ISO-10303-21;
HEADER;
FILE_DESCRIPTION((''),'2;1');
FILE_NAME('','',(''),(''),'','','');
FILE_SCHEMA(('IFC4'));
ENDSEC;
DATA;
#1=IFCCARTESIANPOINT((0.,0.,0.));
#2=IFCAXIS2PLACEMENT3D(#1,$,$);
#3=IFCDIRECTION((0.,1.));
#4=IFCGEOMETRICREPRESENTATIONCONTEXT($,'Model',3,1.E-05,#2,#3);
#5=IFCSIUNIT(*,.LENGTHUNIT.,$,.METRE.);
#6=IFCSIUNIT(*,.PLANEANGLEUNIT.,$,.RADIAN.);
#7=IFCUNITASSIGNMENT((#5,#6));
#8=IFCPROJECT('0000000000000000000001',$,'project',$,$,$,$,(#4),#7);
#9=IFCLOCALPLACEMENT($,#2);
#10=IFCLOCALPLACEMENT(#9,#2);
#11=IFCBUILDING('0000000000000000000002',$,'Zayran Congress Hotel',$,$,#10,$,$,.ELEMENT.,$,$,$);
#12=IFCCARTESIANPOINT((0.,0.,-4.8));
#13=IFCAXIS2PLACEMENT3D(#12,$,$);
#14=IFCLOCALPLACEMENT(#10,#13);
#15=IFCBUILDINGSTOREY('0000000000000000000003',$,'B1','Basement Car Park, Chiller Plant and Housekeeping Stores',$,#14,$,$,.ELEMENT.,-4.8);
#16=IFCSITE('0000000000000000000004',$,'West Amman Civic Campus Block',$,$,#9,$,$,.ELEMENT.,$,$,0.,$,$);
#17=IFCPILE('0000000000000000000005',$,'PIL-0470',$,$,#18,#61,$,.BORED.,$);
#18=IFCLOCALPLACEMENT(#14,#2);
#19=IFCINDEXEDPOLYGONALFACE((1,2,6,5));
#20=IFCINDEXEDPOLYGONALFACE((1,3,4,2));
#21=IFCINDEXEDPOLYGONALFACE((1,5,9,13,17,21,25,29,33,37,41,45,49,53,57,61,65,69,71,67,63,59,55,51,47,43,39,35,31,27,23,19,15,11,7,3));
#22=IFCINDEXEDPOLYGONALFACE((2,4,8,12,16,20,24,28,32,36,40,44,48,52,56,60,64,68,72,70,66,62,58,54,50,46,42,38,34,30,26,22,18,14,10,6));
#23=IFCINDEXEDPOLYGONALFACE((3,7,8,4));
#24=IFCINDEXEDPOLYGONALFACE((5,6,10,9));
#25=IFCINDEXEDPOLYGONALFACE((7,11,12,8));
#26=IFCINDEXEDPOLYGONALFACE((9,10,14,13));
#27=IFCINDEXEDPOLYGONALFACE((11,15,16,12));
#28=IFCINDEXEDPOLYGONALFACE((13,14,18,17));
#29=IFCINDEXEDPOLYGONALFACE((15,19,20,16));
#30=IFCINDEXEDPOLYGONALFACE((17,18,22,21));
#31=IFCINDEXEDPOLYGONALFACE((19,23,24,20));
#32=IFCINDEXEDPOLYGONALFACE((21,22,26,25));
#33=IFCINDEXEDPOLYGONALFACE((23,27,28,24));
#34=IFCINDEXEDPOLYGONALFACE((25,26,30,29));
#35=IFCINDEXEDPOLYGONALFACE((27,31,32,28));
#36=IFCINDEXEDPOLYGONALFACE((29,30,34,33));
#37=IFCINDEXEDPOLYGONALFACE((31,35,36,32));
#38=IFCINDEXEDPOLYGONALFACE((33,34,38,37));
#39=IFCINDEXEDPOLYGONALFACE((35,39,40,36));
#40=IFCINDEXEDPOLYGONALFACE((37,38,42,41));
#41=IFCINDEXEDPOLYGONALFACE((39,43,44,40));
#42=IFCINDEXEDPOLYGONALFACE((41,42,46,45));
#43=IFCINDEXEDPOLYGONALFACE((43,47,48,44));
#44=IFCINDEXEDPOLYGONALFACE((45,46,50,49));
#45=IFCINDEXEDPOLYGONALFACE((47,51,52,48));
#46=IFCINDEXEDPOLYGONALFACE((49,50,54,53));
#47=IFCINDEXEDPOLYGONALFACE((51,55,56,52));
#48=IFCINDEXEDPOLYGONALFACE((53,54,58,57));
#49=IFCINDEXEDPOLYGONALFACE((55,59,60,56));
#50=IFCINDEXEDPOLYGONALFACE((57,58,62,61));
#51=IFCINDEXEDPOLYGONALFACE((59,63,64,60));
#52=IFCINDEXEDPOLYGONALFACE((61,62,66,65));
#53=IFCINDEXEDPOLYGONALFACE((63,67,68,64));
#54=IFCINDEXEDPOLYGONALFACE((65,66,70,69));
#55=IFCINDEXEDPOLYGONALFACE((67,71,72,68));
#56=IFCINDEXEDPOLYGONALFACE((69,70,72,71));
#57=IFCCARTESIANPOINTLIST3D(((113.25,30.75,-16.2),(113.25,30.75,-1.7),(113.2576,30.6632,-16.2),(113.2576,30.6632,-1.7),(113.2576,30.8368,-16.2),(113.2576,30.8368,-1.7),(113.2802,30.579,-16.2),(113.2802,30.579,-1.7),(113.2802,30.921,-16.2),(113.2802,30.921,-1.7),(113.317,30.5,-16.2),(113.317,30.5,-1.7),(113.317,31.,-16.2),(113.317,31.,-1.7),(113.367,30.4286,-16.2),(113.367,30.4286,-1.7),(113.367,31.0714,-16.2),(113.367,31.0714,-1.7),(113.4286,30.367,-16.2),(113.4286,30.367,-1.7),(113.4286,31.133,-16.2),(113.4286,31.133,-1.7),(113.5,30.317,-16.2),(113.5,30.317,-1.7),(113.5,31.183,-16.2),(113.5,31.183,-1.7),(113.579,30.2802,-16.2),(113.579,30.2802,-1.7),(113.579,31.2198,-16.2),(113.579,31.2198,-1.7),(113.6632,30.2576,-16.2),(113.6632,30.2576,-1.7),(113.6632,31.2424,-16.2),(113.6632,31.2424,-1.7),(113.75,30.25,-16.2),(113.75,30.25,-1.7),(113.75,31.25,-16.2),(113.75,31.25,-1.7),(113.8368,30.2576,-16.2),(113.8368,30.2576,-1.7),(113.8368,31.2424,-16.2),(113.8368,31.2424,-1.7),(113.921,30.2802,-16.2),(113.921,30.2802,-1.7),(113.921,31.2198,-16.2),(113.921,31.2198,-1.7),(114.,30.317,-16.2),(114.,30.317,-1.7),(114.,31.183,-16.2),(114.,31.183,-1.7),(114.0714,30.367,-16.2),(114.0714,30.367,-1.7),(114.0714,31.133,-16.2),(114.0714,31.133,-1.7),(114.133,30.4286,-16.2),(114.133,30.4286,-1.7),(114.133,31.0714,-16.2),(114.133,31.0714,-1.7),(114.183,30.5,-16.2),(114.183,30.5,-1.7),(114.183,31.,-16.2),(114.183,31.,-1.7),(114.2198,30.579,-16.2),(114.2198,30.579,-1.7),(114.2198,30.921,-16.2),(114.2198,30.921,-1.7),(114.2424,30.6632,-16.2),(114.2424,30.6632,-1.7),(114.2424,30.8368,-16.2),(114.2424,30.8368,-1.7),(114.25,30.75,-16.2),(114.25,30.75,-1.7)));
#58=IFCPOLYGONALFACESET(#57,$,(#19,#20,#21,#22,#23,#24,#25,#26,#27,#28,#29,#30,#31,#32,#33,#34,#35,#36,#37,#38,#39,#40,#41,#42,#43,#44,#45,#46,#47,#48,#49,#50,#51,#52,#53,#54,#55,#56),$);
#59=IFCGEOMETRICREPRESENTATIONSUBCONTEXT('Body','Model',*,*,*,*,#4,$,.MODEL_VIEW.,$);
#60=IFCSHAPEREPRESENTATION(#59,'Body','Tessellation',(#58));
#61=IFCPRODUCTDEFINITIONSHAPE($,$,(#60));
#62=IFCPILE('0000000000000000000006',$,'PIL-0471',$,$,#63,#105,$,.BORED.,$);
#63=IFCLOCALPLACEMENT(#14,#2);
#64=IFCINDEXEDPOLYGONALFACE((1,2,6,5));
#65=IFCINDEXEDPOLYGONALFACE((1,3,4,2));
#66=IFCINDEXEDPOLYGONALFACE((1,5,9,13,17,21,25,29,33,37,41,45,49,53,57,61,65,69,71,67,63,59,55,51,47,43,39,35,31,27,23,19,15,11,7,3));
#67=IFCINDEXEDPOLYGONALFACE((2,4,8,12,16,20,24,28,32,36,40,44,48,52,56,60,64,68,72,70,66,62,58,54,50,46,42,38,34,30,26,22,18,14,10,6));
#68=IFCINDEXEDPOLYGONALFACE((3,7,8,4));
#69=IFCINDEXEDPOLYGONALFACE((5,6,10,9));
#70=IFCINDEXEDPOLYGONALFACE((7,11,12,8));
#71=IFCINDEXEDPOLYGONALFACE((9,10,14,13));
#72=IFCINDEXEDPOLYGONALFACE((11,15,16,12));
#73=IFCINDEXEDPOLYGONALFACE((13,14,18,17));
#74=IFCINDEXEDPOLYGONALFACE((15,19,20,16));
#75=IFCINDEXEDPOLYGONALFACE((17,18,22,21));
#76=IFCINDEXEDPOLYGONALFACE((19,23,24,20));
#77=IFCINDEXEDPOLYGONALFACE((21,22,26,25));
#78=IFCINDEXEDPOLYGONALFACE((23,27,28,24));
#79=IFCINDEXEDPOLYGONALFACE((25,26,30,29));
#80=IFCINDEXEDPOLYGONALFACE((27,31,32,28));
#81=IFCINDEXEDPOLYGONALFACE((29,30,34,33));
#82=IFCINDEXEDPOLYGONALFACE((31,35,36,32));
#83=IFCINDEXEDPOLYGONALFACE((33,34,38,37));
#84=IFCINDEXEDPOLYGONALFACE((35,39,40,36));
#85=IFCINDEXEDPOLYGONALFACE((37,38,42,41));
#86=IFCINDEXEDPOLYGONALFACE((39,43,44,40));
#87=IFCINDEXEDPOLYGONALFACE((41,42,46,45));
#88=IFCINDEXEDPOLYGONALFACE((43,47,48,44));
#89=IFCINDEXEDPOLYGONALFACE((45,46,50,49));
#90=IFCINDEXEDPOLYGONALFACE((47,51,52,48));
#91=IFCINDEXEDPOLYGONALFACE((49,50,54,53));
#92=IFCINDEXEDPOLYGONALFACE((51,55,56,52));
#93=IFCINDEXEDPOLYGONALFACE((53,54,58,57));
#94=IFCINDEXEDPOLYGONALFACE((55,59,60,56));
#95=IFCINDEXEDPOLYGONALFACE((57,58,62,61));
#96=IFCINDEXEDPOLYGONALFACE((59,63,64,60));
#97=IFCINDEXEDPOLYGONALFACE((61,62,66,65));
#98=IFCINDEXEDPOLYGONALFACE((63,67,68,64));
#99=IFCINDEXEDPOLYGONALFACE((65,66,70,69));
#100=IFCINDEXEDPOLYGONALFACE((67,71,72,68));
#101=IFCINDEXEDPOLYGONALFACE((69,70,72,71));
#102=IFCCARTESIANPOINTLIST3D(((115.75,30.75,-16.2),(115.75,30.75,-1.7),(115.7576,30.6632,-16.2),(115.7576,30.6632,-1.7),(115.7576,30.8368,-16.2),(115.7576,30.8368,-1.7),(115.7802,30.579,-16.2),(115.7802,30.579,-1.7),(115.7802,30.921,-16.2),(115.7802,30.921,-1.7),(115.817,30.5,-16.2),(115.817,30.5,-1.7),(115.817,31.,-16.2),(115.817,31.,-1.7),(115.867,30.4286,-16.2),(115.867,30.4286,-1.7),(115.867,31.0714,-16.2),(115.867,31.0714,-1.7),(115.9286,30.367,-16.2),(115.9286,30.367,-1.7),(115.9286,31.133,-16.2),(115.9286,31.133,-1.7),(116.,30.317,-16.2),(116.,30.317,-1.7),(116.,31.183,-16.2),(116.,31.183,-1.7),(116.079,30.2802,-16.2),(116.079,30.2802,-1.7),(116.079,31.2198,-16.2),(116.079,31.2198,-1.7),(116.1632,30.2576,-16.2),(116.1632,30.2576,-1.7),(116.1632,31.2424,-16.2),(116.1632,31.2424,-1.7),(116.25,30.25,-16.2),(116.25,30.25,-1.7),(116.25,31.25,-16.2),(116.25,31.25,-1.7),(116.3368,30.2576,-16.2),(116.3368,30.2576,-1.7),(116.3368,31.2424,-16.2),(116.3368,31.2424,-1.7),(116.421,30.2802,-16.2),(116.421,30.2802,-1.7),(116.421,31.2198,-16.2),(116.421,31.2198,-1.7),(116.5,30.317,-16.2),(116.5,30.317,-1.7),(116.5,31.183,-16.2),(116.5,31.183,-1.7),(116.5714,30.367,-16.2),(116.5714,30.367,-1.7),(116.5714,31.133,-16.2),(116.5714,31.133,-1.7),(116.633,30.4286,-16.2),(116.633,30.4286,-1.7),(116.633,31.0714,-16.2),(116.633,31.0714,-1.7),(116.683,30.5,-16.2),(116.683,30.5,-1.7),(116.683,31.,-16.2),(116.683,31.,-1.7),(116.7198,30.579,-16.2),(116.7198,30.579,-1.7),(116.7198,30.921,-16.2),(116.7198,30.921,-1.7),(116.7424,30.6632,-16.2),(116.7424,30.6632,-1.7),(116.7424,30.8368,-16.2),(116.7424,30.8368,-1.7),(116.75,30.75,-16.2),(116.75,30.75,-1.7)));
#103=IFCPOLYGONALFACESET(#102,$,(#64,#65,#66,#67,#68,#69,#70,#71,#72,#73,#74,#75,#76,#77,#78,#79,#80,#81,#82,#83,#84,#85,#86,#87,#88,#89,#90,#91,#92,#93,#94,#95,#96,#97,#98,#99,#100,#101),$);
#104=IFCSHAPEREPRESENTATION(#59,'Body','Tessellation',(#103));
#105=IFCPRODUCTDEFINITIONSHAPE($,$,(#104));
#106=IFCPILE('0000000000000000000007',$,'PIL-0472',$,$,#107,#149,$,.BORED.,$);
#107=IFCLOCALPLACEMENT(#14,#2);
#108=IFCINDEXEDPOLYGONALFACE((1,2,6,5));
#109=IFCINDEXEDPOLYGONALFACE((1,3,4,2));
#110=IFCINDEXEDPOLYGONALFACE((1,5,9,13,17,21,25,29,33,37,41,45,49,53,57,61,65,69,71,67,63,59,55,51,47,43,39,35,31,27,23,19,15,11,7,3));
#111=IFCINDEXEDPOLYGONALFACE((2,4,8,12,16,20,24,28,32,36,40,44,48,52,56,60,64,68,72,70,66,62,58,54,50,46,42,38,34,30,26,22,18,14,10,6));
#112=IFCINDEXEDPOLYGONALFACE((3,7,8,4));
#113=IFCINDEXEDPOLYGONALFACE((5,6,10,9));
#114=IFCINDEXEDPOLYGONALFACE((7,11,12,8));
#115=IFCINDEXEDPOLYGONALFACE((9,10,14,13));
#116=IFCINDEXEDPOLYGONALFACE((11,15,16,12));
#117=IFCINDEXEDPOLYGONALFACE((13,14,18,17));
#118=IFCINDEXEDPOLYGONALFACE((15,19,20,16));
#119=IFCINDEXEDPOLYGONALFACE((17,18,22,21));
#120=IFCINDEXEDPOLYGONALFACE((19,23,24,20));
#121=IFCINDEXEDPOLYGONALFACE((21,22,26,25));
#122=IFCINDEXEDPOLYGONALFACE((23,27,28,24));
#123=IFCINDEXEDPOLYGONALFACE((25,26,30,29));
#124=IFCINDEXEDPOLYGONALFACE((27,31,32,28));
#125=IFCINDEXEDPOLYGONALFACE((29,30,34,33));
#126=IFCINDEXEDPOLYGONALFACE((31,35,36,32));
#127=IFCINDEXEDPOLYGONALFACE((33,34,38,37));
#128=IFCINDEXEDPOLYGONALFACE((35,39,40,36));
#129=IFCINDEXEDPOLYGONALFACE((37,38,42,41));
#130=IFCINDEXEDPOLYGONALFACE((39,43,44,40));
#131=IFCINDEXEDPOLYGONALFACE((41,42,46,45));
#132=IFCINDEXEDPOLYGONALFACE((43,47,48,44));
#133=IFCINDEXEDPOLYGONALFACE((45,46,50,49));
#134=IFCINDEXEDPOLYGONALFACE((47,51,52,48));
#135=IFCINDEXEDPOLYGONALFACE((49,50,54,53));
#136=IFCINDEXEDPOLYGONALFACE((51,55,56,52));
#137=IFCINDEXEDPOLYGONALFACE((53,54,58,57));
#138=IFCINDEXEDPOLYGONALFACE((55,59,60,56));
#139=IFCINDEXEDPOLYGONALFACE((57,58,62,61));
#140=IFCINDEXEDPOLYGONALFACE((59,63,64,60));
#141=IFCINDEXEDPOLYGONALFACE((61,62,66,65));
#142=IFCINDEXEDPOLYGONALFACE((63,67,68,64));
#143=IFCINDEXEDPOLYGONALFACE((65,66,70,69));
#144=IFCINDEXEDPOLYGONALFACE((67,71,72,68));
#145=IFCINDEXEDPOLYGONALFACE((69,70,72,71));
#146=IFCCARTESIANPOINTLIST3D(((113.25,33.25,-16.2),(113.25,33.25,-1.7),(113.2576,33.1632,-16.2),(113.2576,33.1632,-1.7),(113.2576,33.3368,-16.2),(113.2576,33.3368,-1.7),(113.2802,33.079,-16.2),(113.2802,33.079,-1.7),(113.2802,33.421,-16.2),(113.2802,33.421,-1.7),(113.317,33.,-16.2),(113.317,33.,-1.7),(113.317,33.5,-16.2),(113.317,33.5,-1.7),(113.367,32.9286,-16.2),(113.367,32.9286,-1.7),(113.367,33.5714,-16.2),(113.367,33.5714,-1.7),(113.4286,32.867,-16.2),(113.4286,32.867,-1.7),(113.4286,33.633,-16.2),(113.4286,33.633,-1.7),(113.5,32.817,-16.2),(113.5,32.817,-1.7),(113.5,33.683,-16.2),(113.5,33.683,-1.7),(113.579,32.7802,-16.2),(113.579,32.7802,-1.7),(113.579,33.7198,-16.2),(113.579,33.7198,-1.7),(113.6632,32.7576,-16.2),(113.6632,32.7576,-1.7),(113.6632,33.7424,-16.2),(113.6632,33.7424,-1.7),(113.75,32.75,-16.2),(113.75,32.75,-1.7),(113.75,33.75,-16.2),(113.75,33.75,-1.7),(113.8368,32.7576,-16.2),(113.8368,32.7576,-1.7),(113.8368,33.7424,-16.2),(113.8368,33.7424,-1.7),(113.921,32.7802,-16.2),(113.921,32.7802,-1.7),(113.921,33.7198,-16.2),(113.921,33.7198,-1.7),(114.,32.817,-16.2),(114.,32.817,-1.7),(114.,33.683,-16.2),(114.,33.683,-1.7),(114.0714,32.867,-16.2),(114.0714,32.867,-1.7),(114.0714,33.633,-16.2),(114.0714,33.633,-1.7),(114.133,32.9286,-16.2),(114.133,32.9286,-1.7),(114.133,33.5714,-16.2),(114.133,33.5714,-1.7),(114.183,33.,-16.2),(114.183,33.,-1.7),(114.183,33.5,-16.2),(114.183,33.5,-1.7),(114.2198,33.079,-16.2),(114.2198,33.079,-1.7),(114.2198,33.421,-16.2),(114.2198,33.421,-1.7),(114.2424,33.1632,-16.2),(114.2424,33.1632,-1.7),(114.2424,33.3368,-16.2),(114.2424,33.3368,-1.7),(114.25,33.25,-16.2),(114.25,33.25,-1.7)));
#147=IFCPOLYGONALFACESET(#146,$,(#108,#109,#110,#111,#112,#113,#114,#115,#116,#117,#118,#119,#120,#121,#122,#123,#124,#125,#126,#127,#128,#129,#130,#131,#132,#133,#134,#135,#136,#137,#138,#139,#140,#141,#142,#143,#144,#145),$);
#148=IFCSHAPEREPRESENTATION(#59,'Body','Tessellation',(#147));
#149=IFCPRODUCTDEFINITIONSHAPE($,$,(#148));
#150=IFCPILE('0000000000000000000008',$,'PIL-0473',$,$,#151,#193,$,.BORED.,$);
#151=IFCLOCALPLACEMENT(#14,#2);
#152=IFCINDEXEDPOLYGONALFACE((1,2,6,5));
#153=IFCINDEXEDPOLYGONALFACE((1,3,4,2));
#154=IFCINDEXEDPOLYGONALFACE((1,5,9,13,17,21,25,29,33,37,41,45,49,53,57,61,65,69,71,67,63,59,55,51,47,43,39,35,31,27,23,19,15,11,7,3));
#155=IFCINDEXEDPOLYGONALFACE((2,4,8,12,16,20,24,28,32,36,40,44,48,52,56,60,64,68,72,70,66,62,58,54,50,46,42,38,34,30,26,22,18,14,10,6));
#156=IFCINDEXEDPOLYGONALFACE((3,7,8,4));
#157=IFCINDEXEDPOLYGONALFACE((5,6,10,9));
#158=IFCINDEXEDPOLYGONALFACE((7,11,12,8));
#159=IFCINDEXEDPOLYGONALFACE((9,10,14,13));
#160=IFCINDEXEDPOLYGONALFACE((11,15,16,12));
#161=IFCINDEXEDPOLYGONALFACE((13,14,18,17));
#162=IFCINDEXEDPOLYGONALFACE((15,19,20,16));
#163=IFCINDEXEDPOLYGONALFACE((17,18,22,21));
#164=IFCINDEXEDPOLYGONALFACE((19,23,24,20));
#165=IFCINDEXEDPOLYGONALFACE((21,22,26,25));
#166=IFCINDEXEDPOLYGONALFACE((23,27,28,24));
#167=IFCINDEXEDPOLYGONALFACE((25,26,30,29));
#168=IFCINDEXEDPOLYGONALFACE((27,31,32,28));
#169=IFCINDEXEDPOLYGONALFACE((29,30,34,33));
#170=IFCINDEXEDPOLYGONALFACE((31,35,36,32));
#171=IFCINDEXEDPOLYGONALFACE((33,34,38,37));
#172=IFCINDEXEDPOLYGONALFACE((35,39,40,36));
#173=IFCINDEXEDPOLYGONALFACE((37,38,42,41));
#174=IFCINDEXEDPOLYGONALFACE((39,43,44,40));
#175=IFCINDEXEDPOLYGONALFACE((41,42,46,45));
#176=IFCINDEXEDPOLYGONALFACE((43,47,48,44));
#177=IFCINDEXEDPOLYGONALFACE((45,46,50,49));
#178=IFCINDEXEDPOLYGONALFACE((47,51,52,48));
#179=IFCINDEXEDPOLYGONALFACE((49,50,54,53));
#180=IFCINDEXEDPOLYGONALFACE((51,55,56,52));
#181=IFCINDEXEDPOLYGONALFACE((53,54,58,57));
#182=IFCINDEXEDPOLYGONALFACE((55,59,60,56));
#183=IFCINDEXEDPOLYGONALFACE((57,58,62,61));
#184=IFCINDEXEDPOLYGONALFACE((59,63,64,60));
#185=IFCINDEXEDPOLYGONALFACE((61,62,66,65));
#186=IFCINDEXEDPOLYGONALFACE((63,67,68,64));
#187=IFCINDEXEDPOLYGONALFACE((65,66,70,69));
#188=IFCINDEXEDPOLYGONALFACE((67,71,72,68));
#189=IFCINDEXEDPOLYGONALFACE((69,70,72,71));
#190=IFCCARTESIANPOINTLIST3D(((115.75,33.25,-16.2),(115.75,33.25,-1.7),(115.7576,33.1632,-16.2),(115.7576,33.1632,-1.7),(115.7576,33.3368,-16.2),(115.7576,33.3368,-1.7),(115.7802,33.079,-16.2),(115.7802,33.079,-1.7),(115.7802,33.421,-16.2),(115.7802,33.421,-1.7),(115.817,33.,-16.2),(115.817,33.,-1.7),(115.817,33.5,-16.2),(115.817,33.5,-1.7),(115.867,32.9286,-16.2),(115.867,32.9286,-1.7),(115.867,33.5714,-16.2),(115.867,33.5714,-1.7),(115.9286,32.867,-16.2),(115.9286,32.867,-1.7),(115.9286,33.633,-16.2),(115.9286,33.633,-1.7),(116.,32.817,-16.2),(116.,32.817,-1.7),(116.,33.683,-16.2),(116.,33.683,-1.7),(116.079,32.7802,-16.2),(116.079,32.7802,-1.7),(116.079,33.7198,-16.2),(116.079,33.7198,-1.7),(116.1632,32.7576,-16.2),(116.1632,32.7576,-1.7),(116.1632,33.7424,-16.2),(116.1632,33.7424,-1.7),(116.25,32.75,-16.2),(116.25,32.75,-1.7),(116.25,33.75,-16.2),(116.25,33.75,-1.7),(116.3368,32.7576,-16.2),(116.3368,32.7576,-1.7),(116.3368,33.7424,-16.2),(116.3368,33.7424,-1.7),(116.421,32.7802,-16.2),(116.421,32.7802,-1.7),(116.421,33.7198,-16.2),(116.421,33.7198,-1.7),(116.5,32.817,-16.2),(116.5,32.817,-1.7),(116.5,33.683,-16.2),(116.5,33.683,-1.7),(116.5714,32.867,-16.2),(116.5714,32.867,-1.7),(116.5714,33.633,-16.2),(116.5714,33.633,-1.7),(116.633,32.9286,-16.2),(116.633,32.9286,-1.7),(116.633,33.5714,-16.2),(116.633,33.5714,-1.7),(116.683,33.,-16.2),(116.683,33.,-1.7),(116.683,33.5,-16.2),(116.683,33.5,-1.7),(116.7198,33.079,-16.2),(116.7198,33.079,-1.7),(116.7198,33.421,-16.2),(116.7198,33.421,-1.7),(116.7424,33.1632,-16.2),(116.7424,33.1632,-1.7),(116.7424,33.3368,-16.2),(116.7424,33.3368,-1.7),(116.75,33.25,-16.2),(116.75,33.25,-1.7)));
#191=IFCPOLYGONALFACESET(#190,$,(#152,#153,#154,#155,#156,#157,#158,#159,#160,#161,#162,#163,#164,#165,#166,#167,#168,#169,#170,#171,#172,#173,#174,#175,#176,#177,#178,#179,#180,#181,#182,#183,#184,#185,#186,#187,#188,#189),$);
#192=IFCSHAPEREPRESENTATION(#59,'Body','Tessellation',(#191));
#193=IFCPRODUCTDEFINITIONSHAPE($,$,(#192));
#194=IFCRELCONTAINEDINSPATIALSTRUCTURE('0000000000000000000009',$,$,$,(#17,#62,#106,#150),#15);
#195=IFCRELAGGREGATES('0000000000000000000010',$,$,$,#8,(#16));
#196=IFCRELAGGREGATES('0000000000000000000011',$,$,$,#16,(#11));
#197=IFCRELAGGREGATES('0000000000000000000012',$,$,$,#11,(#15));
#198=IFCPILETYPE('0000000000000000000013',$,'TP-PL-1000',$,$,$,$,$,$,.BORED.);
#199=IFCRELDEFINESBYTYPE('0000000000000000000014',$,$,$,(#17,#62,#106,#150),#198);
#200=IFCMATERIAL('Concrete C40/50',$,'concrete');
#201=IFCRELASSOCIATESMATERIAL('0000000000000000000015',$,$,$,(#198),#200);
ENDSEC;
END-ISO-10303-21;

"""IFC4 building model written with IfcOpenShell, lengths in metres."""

from ifc_helpers import new_model, si_unit, direction, frame, origin, origin_2d, place, context, subcontext, project, spatial, circle, extrude, material, material_profile, profile_set, type_object, element, save


model = new_model("IFC4")

# Units and contexts
model_context = context("Model", 3, precision=1e-05, world=origin(), true_north=direction((0.0, 1.0)))
body_context = subcontext(model_context, "Body", "Model", "MODEL_VIEW")
ifc_project = project(units=[si_unit("LENGTHUNIT", "METRE"), si_unit("PLANEANGLEUNIT", "RADIAN")], contexts=[model_context])

# Site, building, storey
site_placement = place(None, origin())
site = spatial("IfcSite", under=ifc_project, at=site_placement, Name="West Amman Civic Campus Block", CompositionType="ELEMENT", RefElevation=0.0)
building_placement = place(site_placement, origin())
building = spatial("IfcBuilding", under=site, at=building_placement, Name="Zayran Congress Hotel", CompositionType="ELEMENT")
storey_placement = place(building_placement, frame((0.0, 0.0, -4.8)))
storey = spatial("IfcBuildingStorey", under=building, at=storey_placement, Name="B1", Description="Basement Car Park, Chiller Plant and Housekeeping Stores", CompositionType="ELEMENT", Elevation=-4.8)

# Piles
ifc_material_1 = material(Name="Concrete C40/50", Category="concrete")
ifc_material_profile_1 = material_profile(ifc_material_1, circle(Radius=0.5, at=origin_2d()), Name="PILE D1000")
ifc_profile_set_1 = profile_set([ifc_material_profile_1], Name="Concrete C40/50")
pile_type_1 = type_object("IfcPileType", Name="TP-PL-1000", PredefinedType="BORED", material=ifc_profile_set_1)
for number, where, z_axis, x_axis, name in (
    (1, (113.75, 30.75, -1.7), (0.0, 0.0, -1.0), (1.0, 0.0, 0.0), "PIL-0470"),
    (2, (116.25, 30.75, -1.7), (0.0, 0.0, -1.0), (1.0, 0.0, 0.0), "PIL-0471"),
    (3, (113.75, 33.25, -1.7), (0.0, 0.0, -1.0), (1.0, 0.0, 0.0), "PIL-0472"),
    (4, (116.25, 33.25, -1.7), (0.0, 0.0, -1.0), (1.0, 0.0, 0.0), "PIL-0473"),
):
    element("IfcPile", number, at=place(storey_placement, frame(where, z_axis=z_axis, x_axis=x_axis)), inside=storey, type_object=pile_type_1, Name=name, PredefinedType="BORED", context=body_context, shape_type="SweptSolid", body=[
        extrude(circle(Radius=0.5, at=origin_2d()), origin(), (0.0, 0.0, 1.0), 14.5),
    ])

save(model, "model.ifc")
